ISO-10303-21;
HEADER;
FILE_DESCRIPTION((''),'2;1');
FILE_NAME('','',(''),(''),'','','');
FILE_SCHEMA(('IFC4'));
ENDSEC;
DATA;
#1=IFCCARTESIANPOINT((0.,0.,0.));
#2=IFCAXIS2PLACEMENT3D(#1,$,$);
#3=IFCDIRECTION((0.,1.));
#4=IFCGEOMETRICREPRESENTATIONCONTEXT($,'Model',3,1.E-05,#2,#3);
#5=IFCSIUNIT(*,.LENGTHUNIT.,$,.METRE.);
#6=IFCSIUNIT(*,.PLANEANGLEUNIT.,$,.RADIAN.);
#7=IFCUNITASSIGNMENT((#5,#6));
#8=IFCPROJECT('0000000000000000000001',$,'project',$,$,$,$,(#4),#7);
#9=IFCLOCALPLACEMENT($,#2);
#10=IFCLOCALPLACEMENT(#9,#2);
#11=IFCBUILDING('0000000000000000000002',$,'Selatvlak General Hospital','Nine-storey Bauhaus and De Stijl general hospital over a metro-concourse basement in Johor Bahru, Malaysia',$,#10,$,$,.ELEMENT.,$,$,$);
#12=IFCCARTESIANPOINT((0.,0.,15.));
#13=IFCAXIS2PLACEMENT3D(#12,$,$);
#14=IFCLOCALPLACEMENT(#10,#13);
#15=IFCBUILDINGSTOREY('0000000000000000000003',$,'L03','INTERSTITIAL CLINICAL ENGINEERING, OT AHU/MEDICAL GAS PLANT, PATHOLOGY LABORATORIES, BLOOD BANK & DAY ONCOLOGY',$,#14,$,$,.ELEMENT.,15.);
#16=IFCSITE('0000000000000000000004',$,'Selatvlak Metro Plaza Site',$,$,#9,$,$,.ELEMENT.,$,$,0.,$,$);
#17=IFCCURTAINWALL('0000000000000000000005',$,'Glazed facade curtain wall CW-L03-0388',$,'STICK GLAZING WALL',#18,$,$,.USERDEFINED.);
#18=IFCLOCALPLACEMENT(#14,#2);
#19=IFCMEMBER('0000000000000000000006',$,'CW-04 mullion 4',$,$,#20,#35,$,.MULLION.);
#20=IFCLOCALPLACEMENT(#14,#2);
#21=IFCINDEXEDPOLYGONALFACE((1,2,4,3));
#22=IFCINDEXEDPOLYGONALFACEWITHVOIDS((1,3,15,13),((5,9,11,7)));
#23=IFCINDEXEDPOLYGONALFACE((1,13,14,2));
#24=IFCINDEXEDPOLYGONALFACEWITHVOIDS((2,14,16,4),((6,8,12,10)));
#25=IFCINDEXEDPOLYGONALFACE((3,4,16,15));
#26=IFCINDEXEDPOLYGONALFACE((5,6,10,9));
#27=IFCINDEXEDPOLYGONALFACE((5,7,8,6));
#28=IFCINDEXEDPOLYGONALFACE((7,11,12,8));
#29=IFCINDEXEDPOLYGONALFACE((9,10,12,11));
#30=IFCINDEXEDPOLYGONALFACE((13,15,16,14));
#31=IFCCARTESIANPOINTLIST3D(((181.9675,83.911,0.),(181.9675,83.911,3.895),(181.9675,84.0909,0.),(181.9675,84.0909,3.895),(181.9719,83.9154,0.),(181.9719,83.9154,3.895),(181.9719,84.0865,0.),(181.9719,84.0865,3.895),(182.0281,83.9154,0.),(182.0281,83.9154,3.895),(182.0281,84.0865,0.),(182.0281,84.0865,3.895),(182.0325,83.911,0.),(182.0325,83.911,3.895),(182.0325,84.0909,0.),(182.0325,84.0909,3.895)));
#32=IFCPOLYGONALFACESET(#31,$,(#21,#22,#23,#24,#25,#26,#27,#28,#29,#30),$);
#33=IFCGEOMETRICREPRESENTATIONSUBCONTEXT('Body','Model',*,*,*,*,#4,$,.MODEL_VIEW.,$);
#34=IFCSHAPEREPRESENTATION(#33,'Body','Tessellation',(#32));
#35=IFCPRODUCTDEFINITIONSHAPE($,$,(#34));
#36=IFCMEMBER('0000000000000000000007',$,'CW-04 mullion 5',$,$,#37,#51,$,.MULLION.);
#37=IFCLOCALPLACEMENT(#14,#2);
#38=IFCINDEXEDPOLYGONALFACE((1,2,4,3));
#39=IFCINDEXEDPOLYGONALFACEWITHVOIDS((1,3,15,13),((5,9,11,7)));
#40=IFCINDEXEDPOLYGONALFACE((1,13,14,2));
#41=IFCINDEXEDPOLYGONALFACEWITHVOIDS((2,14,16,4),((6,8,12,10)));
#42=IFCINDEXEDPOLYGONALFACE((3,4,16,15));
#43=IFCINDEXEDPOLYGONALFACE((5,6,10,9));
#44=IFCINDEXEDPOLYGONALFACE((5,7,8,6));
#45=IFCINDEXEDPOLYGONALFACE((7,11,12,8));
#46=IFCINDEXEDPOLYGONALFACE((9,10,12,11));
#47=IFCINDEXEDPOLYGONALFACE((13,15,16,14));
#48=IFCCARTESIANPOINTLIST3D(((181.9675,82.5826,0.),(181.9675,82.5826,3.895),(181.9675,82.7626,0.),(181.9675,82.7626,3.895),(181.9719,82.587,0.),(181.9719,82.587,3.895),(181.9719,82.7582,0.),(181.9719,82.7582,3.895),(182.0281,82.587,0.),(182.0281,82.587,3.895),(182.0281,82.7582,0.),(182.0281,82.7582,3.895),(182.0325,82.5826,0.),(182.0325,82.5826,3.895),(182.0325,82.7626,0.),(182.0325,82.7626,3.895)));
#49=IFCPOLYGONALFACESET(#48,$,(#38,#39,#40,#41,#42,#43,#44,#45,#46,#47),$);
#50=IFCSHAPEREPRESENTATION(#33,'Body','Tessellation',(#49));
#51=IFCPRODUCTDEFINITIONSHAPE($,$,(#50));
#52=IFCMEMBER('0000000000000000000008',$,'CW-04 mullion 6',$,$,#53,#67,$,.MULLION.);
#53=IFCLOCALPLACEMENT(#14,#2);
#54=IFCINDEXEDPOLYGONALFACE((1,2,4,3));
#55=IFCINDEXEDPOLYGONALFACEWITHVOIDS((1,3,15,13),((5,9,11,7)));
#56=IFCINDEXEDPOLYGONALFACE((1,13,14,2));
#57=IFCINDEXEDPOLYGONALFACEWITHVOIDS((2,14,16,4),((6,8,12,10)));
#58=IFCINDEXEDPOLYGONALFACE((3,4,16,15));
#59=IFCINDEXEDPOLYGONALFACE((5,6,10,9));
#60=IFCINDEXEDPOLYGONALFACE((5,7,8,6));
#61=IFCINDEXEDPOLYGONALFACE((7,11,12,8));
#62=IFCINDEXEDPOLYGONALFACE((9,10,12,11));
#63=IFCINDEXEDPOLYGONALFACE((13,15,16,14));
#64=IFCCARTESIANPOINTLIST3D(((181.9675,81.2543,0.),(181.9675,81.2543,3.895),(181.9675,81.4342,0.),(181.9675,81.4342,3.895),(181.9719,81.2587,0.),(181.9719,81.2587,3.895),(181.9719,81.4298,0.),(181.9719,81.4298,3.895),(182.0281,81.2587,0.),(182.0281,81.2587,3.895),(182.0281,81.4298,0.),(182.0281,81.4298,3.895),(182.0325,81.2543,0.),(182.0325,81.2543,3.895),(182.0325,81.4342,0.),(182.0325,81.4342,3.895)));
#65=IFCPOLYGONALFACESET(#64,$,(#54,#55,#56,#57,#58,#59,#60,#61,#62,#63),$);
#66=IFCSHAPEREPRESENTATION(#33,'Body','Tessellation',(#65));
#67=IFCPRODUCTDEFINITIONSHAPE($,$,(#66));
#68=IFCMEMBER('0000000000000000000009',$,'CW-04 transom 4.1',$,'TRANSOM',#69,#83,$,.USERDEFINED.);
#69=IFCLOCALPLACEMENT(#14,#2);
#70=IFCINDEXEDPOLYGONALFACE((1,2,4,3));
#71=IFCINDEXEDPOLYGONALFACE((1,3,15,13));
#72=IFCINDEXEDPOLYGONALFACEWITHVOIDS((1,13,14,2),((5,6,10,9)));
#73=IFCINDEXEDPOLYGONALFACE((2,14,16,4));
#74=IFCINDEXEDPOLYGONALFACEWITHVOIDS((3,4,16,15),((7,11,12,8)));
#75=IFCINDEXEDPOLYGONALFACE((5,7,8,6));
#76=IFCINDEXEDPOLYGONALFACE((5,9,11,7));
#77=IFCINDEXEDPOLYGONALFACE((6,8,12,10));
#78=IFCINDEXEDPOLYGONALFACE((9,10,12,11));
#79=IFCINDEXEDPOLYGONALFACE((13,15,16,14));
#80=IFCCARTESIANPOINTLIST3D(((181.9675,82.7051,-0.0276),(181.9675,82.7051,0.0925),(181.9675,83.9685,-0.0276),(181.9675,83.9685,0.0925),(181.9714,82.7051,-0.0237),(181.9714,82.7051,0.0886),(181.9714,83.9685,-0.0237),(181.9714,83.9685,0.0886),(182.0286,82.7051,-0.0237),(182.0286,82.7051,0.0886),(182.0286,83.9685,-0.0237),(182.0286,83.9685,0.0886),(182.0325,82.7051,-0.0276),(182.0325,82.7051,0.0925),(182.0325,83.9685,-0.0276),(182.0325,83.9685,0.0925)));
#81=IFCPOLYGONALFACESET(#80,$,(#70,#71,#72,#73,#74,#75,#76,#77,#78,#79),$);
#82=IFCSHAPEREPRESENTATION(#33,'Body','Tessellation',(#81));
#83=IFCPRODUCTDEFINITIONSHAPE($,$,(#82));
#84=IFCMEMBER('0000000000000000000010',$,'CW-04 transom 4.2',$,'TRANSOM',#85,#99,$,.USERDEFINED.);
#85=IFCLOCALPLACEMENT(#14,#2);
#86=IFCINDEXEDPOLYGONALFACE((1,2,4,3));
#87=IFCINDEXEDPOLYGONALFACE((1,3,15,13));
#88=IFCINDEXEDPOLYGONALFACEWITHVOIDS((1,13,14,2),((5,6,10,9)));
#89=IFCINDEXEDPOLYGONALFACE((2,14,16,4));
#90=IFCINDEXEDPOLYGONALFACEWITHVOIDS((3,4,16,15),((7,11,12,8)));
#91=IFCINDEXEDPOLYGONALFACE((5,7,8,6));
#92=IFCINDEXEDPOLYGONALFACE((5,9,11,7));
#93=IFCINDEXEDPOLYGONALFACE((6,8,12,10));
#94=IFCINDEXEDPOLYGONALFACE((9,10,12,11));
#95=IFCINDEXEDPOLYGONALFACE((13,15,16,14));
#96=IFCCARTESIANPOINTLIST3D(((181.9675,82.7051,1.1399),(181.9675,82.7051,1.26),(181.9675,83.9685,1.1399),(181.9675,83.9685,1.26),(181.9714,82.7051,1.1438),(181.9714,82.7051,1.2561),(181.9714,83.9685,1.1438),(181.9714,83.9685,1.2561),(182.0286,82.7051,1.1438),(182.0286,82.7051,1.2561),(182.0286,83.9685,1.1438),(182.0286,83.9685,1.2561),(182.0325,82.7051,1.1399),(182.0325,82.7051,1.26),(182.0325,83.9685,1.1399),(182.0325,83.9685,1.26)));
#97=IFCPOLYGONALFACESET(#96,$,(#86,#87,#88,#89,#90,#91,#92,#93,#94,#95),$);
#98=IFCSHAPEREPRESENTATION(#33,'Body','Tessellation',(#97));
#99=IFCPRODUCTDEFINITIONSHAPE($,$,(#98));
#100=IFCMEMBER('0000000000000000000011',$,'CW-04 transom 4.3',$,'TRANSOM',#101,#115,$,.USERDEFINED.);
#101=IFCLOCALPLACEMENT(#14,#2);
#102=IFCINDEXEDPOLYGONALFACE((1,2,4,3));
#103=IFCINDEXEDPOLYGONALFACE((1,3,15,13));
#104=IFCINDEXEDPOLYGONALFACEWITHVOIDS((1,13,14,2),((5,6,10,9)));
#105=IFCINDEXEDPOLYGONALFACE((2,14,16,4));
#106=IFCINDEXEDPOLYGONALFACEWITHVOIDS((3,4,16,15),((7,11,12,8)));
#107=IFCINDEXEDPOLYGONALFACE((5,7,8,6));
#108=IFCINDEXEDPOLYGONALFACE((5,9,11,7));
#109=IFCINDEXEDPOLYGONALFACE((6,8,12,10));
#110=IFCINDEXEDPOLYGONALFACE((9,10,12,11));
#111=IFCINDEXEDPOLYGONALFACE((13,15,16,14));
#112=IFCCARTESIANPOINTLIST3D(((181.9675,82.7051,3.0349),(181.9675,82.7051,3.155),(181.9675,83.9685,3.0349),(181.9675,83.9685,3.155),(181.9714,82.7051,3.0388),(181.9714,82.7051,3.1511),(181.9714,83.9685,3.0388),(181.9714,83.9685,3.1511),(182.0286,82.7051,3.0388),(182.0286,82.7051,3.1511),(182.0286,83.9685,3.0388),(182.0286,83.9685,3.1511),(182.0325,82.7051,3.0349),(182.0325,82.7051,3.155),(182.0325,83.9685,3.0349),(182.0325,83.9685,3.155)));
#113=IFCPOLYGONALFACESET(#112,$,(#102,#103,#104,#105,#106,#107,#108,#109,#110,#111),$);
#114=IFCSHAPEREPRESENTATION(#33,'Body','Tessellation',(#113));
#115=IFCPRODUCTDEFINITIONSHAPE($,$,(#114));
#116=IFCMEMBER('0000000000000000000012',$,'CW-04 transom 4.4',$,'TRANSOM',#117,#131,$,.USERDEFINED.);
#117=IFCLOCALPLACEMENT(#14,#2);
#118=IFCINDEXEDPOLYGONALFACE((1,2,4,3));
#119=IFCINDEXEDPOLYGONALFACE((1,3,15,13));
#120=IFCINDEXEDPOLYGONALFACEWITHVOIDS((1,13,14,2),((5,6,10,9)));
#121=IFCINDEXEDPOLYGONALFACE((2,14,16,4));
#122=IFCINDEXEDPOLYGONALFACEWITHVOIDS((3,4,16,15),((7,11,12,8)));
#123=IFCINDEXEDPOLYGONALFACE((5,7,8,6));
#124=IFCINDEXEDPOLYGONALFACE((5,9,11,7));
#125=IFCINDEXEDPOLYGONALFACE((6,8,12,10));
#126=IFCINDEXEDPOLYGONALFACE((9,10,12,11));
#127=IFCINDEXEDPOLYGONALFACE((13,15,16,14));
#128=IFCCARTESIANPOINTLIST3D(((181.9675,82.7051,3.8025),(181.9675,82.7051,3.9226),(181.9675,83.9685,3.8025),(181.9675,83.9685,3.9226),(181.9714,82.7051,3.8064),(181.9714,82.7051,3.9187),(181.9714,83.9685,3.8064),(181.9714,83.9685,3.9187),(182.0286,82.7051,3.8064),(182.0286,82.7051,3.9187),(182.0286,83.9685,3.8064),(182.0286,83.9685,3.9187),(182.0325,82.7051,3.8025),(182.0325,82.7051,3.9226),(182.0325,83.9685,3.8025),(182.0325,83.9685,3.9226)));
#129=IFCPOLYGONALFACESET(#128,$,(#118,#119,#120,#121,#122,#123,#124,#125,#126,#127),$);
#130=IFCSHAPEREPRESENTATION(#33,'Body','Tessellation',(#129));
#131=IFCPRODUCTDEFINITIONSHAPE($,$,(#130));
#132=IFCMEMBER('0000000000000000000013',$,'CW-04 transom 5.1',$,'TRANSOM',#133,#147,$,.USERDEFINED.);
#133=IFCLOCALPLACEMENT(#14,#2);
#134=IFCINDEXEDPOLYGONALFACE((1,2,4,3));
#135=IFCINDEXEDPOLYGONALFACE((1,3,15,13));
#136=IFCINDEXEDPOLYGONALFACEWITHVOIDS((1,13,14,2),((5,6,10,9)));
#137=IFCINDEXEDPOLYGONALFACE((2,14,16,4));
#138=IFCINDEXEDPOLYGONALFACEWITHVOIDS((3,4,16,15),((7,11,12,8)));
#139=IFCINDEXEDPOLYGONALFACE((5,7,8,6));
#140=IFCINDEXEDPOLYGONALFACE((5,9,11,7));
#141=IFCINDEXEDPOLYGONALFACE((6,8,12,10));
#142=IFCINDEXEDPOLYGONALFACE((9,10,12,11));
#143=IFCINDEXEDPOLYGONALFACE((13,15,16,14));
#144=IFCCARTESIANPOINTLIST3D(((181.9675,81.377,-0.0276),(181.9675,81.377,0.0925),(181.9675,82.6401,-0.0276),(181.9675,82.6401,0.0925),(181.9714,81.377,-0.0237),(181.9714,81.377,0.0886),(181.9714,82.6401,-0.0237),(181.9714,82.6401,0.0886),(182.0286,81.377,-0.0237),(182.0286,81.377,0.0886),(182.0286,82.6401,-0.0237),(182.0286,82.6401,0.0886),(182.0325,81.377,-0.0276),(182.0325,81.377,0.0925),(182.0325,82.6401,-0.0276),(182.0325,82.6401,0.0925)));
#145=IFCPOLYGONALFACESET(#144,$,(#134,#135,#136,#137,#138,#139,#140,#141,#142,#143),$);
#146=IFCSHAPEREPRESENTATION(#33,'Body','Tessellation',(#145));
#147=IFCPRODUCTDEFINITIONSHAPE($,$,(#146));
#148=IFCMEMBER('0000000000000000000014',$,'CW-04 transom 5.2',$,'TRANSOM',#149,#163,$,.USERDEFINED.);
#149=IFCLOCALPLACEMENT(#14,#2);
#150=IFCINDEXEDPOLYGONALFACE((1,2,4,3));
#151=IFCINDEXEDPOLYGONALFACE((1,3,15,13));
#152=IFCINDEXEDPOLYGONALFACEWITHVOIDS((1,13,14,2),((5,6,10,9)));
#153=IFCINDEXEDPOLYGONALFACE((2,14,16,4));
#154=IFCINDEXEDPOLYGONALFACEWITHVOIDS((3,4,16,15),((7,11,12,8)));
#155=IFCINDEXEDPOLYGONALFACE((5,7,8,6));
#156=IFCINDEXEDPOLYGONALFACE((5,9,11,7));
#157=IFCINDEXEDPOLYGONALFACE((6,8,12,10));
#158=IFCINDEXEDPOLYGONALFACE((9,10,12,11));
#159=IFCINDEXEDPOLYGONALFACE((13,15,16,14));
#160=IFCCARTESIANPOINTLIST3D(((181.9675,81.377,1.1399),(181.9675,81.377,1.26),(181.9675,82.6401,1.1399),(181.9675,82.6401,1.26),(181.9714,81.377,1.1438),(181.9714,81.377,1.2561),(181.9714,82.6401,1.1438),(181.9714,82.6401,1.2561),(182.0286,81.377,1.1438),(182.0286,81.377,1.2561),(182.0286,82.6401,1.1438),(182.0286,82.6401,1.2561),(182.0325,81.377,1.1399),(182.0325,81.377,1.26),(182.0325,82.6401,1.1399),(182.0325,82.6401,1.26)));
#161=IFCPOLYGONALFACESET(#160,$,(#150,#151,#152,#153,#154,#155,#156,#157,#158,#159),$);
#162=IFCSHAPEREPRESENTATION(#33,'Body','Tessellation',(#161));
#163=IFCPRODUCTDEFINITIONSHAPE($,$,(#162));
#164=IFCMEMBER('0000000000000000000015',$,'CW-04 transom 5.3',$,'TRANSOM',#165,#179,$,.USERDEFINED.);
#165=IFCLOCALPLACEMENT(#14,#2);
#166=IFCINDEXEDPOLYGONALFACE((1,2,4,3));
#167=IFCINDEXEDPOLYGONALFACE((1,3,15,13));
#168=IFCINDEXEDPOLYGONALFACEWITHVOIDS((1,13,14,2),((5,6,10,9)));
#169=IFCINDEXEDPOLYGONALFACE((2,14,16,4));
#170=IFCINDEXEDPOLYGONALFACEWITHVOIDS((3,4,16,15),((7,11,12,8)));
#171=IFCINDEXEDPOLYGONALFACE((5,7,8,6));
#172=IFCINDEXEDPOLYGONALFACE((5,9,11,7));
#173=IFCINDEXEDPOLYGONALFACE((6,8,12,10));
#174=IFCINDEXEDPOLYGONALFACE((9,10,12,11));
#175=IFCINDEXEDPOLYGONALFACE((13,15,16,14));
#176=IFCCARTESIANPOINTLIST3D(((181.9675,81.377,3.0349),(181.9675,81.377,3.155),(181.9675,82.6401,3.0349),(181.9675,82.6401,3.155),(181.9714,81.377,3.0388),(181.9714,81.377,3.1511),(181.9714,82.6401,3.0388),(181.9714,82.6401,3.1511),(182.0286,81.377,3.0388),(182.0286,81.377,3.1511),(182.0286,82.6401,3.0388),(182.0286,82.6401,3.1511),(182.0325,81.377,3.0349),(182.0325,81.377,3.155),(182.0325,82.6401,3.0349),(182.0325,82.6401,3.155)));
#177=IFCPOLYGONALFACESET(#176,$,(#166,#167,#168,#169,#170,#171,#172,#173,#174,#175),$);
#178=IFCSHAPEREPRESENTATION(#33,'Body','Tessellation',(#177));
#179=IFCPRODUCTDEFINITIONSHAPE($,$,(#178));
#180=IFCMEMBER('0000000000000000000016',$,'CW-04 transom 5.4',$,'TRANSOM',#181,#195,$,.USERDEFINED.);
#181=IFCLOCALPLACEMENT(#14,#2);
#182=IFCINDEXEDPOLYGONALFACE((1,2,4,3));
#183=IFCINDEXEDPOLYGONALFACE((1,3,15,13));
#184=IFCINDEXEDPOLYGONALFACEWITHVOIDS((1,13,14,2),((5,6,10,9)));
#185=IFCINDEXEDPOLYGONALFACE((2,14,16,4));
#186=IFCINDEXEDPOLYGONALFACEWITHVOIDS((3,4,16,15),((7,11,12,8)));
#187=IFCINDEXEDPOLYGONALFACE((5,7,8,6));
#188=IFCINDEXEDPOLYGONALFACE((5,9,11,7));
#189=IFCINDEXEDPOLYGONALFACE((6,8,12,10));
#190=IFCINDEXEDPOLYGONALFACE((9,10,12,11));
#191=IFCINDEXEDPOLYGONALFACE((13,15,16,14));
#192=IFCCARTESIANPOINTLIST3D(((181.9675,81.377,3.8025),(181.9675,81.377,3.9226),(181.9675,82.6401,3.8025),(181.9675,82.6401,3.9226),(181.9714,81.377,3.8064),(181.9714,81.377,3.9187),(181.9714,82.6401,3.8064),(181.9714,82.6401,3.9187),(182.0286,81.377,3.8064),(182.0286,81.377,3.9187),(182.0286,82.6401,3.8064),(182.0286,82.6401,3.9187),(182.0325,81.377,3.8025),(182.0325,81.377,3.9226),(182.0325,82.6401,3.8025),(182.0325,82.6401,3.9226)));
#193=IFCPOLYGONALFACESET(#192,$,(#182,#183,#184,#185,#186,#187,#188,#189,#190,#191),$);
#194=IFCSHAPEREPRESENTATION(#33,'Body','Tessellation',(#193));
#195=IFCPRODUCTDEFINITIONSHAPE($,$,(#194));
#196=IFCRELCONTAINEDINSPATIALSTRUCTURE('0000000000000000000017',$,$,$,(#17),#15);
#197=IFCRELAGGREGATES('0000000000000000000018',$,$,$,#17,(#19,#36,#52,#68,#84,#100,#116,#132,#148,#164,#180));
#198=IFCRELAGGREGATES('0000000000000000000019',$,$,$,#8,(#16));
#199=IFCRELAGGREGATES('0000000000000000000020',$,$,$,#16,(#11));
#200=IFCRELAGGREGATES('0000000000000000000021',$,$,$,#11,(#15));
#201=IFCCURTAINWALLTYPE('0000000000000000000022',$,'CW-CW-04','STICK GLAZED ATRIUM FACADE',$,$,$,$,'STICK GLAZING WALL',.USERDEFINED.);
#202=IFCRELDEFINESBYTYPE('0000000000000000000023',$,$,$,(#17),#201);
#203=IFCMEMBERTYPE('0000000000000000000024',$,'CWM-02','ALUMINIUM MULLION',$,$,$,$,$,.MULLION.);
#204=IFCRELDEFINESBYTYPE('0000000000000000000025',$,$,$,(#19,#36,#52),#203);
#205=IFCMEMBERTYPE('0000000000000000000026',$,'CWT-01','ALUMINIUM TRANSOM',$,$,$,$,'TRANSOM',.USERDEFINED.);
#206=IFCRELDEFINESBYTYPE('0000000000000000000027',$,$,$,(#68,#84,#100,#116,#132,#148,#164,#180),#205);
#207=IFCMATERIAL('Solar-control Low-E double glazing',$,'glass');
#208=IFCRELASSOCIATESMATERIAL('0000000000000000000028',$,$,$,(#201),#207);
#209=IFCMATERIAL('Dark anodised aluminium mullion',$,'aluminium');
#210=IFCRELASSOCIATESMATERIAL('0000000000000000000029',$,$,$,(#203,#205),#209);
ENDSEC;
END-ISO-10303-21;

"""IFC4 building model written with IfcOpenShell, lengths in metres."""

from ifc_helpers import new_model, si_unit, direction, frame, origin, origin_2d, place, context, subcontext, project, spatial, hollow_rectangle, extrude, material, material_profile, profile_set, type_object, element, aggregate, save


model = new_model("IFC4")

# Units and contexts
model_context = context("Model", 3, precision=1e-05, world=origin(), true_north=direction((0.0, 1.0)))
body_context = subcontext(model_context, "Body", "Model", "MODEL_VIEW")
ifc_project = project(units=[si_unit("LENGTHUNIT", "METRE"), si_unit("PLANEANGLEUNIT", "RADIAN")], contexts=[model_context])

# Site, building, storey
site_placement = place(None, origin())
site = spatial("IfcSite", under=ifc_project, at=site_placement, Name="Selatvlak Metro Plaza Site", CompositionType="ELEMENT", RefElevation=0.0)
building_placement = place(site_placement, origin())
building = spatial("IfcBuilding", under=site, at=building_placement, Name="Selatvlak General Hospital", Description="Nine-storey Bauhaus and De Stijl general hospital over a metro-concourse basement in Johor Bahru, Malaysia", CompositionType="ELEMENT")
storey_placement = place(building_placement, frame((0.0, 0.0, 15.0)))
storey = spatial("IfcBuildingStorey", under=building, at=storey_placement, Name="L03", Description="INTERSTITIAL CLINICAL ENGINEERING, OT AHU/MEDICAL GAS PLANT, PATHOLOGY LABORATORIES, BLOOD BANK & DAY ONCOLOGY", CompositionType="ELEMENT", Elevation=15.0)

# Curtain wall, members
ifc_material_1 = material(Name="Solar-control Low-E double glazing", Category="glass")
curtain_wall_type = type_object("IfcCurtainWallType", Name="CW-CW-04", Description="STICK GLAZED ATRIUM FACADE", ElementType="STICK GLAZING WALL", PredefinedType="USERDEFINED", material=ifc_material_1)
curtain_wall_placement = place(storey_placement, origin())
curtain_wall = element("IfcCurtainWall", 1, at=curtain_wall_placement, inside=storey, type_object=curtain_wall_type, Name="Glazed facade curtain wall CW-L03-0388", ObjectType="STICK GLAZING WALL", PredefinedType="USERDEFINED")
ifc_material_2 = material(Name="Dark anodised aluminium mullion", Category="aluminium")
ifc_material_profile_1 = material_profile(ifc_material_2, hollow_rectangle(XDim=0.0649, YDim=0.1799, WallThickness=0.0044, at=origin_2d()), Name="AL-MUL 65x180x4.5")
ifc_profile_set_1 = profile_set([ifc_material_profile_1], Name="Dark anodised aluminium mullion")
member_type_1 = type_object("IfcMemberType", Name="CWM-02", Description="ALUMINIUM MULLION", PredefinedType="MULLION", material=ifc_profile_set_1)
member_1_placement = place(storey_placement, frame((182.0, 84.001, 0.0), z_axis=(0.0, 0.0, 1.0), x_axis=(1.0, 0.0, 0.0)))
member_1 = element("IfcMember", 2, at=member_1_placement, type_object=member_type_1, Name="CW-04 mullion 4", PredefinedType="MULLION", context=body_context, shape_type="SweptSolid", body=[
    extrude(hollow_rectangle(XDim=0.0649, YDim=0.1799, WallThickness=0.0044, at=origin_2d()), origin(), (0.0, 0.0, 1.0), 3.895),
])
member_2_placement = place(storey_placement, frame((182.0, 82.6726, 0.0), z_axis=(0.0, 0.0, 1.0), x_axis=(1.0, 0.0, 0.0)))
member_2 = element("IfcMember", 3, at=member_2_placement, type_object=member_type_1, Name="CW-04 mullion 5", PredefinedType="MULLION", context=body_context, shape_type="SweptSolid", body=[
    extrude(hollow_rectangle(XDim=0.0649, YDim=0.1799, WallThickness=0.0044, at=origin_2d()), origin(), (0.0, 0.0, 1.0), 3.895),
])
member_3_placement = place(storey_placement, frame((182.0, 81.3442, 0.0), z_axis=(0.0, 0.0, 1.0), x_axis=(1.0, 0.0, 0.0)))
member_3 = element("IfcMember", 4, at=member_3_placement, type_object=member_type_1, Name="CW-04 mullion 6", PredefinedType="MULLION", context=body_context, shape_type="SweptSolid", body=[
    extrude(hollow_rectangle(XDim=0.0649, YDim=0.1799, WallThickness=0.0044, at=origin_2d()), origin(), (0.0, 0.0, 1.0), 3.895),
])
ifc_material_profile_2 = material_profile(ifc_material_2, hollow_rectangle(XDim=0.0649, YDim=0.1201, WallThickness=0.0039, at=origin_2d()), Name="AL-TRN 65x120x4")
ifc_profile_set_2 = profile_set([ifc_material_profile_2], Name="Dark anodised aluminium mullion")
member_type_2 = type_object("IfcMemberType", Name="CWT-01", Description="ALUMINIUM TRANSOM", ElementType="TRANSOM", PredefinedType="USERDEFINED", material=ifc_profile_set_2)
member_4_placement = place(storey_placement, frame((182.0, 83.9685, 0.0325), z_axis=(0.0, -1.0, 0.0), x_axis=(1.0, 0.0, 0.0)))
member_4 = element("IfcMember", 5, at=member_4_placement, type_object=member_type_2, Name="CW-04 transom 4.1", ObjectType="TRANSOM", PredefinedType="USERDEFINED", context=body_context, shape_type="SweptSolid", body=[
    extrude(hollow_rectangle(XDim=0.0649, YDim=0.1201, WallThickness=0.0039, at=origin_2d()), origin(), (0.0, 0.0, 1.0), 1.2634),
])
member_5_placement = place(storey_placement, frame((182.0, 83.9685, 1.2), z_axis=(0.0, -1.0, 0.0), x_axis=(1.0, 0.0, 0.0)))
member_5 = element("IfcMember", 6, at=member_5_placement, type_object=member_type_2, Name="CW-04 transom 4.2", ObjectType="TRANSOM", PredefinedType="USERDEFINED", context=body_context, shape_type="SweptSolid", body=[
    extrude(hollow_rectangle(XDim=0.0649, YDim=0.1201, WallThickness=0.0039, at=origin_2d()), origin(), (0.0, 0.0, 1.0), 1.2634),
])
member_6_placement = place(storey_placement, frame((182.0, 83.9685, 3.095), z_axis=(0.0, -1.0, 0.0), x_axis=(1.0, 0.0, 0.0)))
member_6 = element("IfcMember", 7, at=member_6_placement, type_object=member_type_2, Name="CW-04 transom 4.3", ObjectType="TRANSOM", PredefinedType="USERDEFINED", context=body_context, shape_type="SweptSolid", body=[
    extrude(hollow_rectangle(XDim=0.0649, YDim=0.1201, WallThickness=0.0039, at=origin_2d()), origin(), (0.0, 0.0, 1.0), 1.2634),
])
member_7_placement = place(storey_placement, frame((182.0, 83.9685, 3.8625), z_axis=(0.0, -1.0, 0.0), x_axis=(1.0, 0.0, 0.0)))
member_7 = element("IfcMember", 8, at=member_7_placement, type_object=member_type_2, Name="CW-04 transom 4.4", ObjectType="TRANSOM", PredefinedType="USERDEFINED", context=body_context, shape_type="SweptSolid", body=[
    extrude(hollow_rectangle(XDim=0.0649, YDim=0.1201, WallThickness=0.0039, at=origin_2d()), origin(), (0.0, 0.0, 1.0), 1.2634),
])
member_8_placement = place(storey_placement, frame((182.0, 82.6401, 0.0325), z_axis=(0.0, -1.0, 0.0), x_axis=(1.0, 0.0, 0.0)))
member_8 = element("IfcMember", 9, at=member_8_placement, type_object=member_type_2, Name="CW-04 transom 5.1", ObjectType="TRANSOM", PredefinedType="USERDEFINED", context=body_context, shape_type="SweptSolid", body=[
    extrude(hollow_rectangle(XDim=0.0649, YDim=0.1201, WallThickness=0.0039, at=origin_2d()), origin(), (0.0, 0.0, 1.0), 1.2632),
])
member_9_placement = place(storey_placement, frame((182.0, 82.6401, 1.2), z_axis=(0.0, -1.0, 0.0), x_axis=(1.0, 0.0, 0.0)))
member_9 = element("IfcMember", 10, at=member_9_placement, type_object=member_type_2, Name="CW-04 transom 5.2", ObjectType="TRANSOM", PredefinedType="USERDEFINED", context=body_context, shape_type="SweptSolid", body=[
    extrude(hollow_rectangle(XDim=0.0649, YDim=0.1201, WallThickness=0.0039, at=origin_2d()), origin(), (0.0, 0.0, 1.0), 1.2632),
])
member_10_placement = place(storey_placement, frame((182.0, 82.6401, 3.095), z_axis=(0.0, -1.0, 0.0), x_axis=(1.0, 0.0, 0.0)))
member_10 = element("IfcMember", 11, at=member_10_placement, type_object=member_type_2, Name="CW-04 transom 5.3", ObjectType="TRANSOM", PredefinedType="USERDEFINED", context=body_context, shape_type="SweptSolid", body=[
    extrude(hollow_rectangle(XDim=0.0649, YDim=0.1201, WallThickness=0.0039, at=origin_2d()), origin(), (0.0, 0.0, 1.0), 1.2632),
])
member_11_placement = place(storey_placement, frame((182.0, 82.6401, 3.8625), z_axis=(0.0, -1.0, 0.0), x_axis=(1.0, 0.0, 0.0)))
member_11 = element("IfcMember", 12, at=member_11_placement, type_object=member_type_2, Name="CW-04 transom 5.4", ObjectType="TRANSOM", PredefinedType="USERDEFINED", context=body_context, shape_type="SweptSolid", body=[
    extrude(hollow_rectangle(XDim=0.0649, YDim=0.1201, WallThickness=0.0039, at=origin_2d()), origin(), (0.0, 0.0, 1.0), 1.2632),
])
aggregate(curtain_wall, [member_1, member_2, member_3, member_4, member_5, member_6, member_7, member_8, member_9, member_10, member_11])

save(model, "model.ifc")
